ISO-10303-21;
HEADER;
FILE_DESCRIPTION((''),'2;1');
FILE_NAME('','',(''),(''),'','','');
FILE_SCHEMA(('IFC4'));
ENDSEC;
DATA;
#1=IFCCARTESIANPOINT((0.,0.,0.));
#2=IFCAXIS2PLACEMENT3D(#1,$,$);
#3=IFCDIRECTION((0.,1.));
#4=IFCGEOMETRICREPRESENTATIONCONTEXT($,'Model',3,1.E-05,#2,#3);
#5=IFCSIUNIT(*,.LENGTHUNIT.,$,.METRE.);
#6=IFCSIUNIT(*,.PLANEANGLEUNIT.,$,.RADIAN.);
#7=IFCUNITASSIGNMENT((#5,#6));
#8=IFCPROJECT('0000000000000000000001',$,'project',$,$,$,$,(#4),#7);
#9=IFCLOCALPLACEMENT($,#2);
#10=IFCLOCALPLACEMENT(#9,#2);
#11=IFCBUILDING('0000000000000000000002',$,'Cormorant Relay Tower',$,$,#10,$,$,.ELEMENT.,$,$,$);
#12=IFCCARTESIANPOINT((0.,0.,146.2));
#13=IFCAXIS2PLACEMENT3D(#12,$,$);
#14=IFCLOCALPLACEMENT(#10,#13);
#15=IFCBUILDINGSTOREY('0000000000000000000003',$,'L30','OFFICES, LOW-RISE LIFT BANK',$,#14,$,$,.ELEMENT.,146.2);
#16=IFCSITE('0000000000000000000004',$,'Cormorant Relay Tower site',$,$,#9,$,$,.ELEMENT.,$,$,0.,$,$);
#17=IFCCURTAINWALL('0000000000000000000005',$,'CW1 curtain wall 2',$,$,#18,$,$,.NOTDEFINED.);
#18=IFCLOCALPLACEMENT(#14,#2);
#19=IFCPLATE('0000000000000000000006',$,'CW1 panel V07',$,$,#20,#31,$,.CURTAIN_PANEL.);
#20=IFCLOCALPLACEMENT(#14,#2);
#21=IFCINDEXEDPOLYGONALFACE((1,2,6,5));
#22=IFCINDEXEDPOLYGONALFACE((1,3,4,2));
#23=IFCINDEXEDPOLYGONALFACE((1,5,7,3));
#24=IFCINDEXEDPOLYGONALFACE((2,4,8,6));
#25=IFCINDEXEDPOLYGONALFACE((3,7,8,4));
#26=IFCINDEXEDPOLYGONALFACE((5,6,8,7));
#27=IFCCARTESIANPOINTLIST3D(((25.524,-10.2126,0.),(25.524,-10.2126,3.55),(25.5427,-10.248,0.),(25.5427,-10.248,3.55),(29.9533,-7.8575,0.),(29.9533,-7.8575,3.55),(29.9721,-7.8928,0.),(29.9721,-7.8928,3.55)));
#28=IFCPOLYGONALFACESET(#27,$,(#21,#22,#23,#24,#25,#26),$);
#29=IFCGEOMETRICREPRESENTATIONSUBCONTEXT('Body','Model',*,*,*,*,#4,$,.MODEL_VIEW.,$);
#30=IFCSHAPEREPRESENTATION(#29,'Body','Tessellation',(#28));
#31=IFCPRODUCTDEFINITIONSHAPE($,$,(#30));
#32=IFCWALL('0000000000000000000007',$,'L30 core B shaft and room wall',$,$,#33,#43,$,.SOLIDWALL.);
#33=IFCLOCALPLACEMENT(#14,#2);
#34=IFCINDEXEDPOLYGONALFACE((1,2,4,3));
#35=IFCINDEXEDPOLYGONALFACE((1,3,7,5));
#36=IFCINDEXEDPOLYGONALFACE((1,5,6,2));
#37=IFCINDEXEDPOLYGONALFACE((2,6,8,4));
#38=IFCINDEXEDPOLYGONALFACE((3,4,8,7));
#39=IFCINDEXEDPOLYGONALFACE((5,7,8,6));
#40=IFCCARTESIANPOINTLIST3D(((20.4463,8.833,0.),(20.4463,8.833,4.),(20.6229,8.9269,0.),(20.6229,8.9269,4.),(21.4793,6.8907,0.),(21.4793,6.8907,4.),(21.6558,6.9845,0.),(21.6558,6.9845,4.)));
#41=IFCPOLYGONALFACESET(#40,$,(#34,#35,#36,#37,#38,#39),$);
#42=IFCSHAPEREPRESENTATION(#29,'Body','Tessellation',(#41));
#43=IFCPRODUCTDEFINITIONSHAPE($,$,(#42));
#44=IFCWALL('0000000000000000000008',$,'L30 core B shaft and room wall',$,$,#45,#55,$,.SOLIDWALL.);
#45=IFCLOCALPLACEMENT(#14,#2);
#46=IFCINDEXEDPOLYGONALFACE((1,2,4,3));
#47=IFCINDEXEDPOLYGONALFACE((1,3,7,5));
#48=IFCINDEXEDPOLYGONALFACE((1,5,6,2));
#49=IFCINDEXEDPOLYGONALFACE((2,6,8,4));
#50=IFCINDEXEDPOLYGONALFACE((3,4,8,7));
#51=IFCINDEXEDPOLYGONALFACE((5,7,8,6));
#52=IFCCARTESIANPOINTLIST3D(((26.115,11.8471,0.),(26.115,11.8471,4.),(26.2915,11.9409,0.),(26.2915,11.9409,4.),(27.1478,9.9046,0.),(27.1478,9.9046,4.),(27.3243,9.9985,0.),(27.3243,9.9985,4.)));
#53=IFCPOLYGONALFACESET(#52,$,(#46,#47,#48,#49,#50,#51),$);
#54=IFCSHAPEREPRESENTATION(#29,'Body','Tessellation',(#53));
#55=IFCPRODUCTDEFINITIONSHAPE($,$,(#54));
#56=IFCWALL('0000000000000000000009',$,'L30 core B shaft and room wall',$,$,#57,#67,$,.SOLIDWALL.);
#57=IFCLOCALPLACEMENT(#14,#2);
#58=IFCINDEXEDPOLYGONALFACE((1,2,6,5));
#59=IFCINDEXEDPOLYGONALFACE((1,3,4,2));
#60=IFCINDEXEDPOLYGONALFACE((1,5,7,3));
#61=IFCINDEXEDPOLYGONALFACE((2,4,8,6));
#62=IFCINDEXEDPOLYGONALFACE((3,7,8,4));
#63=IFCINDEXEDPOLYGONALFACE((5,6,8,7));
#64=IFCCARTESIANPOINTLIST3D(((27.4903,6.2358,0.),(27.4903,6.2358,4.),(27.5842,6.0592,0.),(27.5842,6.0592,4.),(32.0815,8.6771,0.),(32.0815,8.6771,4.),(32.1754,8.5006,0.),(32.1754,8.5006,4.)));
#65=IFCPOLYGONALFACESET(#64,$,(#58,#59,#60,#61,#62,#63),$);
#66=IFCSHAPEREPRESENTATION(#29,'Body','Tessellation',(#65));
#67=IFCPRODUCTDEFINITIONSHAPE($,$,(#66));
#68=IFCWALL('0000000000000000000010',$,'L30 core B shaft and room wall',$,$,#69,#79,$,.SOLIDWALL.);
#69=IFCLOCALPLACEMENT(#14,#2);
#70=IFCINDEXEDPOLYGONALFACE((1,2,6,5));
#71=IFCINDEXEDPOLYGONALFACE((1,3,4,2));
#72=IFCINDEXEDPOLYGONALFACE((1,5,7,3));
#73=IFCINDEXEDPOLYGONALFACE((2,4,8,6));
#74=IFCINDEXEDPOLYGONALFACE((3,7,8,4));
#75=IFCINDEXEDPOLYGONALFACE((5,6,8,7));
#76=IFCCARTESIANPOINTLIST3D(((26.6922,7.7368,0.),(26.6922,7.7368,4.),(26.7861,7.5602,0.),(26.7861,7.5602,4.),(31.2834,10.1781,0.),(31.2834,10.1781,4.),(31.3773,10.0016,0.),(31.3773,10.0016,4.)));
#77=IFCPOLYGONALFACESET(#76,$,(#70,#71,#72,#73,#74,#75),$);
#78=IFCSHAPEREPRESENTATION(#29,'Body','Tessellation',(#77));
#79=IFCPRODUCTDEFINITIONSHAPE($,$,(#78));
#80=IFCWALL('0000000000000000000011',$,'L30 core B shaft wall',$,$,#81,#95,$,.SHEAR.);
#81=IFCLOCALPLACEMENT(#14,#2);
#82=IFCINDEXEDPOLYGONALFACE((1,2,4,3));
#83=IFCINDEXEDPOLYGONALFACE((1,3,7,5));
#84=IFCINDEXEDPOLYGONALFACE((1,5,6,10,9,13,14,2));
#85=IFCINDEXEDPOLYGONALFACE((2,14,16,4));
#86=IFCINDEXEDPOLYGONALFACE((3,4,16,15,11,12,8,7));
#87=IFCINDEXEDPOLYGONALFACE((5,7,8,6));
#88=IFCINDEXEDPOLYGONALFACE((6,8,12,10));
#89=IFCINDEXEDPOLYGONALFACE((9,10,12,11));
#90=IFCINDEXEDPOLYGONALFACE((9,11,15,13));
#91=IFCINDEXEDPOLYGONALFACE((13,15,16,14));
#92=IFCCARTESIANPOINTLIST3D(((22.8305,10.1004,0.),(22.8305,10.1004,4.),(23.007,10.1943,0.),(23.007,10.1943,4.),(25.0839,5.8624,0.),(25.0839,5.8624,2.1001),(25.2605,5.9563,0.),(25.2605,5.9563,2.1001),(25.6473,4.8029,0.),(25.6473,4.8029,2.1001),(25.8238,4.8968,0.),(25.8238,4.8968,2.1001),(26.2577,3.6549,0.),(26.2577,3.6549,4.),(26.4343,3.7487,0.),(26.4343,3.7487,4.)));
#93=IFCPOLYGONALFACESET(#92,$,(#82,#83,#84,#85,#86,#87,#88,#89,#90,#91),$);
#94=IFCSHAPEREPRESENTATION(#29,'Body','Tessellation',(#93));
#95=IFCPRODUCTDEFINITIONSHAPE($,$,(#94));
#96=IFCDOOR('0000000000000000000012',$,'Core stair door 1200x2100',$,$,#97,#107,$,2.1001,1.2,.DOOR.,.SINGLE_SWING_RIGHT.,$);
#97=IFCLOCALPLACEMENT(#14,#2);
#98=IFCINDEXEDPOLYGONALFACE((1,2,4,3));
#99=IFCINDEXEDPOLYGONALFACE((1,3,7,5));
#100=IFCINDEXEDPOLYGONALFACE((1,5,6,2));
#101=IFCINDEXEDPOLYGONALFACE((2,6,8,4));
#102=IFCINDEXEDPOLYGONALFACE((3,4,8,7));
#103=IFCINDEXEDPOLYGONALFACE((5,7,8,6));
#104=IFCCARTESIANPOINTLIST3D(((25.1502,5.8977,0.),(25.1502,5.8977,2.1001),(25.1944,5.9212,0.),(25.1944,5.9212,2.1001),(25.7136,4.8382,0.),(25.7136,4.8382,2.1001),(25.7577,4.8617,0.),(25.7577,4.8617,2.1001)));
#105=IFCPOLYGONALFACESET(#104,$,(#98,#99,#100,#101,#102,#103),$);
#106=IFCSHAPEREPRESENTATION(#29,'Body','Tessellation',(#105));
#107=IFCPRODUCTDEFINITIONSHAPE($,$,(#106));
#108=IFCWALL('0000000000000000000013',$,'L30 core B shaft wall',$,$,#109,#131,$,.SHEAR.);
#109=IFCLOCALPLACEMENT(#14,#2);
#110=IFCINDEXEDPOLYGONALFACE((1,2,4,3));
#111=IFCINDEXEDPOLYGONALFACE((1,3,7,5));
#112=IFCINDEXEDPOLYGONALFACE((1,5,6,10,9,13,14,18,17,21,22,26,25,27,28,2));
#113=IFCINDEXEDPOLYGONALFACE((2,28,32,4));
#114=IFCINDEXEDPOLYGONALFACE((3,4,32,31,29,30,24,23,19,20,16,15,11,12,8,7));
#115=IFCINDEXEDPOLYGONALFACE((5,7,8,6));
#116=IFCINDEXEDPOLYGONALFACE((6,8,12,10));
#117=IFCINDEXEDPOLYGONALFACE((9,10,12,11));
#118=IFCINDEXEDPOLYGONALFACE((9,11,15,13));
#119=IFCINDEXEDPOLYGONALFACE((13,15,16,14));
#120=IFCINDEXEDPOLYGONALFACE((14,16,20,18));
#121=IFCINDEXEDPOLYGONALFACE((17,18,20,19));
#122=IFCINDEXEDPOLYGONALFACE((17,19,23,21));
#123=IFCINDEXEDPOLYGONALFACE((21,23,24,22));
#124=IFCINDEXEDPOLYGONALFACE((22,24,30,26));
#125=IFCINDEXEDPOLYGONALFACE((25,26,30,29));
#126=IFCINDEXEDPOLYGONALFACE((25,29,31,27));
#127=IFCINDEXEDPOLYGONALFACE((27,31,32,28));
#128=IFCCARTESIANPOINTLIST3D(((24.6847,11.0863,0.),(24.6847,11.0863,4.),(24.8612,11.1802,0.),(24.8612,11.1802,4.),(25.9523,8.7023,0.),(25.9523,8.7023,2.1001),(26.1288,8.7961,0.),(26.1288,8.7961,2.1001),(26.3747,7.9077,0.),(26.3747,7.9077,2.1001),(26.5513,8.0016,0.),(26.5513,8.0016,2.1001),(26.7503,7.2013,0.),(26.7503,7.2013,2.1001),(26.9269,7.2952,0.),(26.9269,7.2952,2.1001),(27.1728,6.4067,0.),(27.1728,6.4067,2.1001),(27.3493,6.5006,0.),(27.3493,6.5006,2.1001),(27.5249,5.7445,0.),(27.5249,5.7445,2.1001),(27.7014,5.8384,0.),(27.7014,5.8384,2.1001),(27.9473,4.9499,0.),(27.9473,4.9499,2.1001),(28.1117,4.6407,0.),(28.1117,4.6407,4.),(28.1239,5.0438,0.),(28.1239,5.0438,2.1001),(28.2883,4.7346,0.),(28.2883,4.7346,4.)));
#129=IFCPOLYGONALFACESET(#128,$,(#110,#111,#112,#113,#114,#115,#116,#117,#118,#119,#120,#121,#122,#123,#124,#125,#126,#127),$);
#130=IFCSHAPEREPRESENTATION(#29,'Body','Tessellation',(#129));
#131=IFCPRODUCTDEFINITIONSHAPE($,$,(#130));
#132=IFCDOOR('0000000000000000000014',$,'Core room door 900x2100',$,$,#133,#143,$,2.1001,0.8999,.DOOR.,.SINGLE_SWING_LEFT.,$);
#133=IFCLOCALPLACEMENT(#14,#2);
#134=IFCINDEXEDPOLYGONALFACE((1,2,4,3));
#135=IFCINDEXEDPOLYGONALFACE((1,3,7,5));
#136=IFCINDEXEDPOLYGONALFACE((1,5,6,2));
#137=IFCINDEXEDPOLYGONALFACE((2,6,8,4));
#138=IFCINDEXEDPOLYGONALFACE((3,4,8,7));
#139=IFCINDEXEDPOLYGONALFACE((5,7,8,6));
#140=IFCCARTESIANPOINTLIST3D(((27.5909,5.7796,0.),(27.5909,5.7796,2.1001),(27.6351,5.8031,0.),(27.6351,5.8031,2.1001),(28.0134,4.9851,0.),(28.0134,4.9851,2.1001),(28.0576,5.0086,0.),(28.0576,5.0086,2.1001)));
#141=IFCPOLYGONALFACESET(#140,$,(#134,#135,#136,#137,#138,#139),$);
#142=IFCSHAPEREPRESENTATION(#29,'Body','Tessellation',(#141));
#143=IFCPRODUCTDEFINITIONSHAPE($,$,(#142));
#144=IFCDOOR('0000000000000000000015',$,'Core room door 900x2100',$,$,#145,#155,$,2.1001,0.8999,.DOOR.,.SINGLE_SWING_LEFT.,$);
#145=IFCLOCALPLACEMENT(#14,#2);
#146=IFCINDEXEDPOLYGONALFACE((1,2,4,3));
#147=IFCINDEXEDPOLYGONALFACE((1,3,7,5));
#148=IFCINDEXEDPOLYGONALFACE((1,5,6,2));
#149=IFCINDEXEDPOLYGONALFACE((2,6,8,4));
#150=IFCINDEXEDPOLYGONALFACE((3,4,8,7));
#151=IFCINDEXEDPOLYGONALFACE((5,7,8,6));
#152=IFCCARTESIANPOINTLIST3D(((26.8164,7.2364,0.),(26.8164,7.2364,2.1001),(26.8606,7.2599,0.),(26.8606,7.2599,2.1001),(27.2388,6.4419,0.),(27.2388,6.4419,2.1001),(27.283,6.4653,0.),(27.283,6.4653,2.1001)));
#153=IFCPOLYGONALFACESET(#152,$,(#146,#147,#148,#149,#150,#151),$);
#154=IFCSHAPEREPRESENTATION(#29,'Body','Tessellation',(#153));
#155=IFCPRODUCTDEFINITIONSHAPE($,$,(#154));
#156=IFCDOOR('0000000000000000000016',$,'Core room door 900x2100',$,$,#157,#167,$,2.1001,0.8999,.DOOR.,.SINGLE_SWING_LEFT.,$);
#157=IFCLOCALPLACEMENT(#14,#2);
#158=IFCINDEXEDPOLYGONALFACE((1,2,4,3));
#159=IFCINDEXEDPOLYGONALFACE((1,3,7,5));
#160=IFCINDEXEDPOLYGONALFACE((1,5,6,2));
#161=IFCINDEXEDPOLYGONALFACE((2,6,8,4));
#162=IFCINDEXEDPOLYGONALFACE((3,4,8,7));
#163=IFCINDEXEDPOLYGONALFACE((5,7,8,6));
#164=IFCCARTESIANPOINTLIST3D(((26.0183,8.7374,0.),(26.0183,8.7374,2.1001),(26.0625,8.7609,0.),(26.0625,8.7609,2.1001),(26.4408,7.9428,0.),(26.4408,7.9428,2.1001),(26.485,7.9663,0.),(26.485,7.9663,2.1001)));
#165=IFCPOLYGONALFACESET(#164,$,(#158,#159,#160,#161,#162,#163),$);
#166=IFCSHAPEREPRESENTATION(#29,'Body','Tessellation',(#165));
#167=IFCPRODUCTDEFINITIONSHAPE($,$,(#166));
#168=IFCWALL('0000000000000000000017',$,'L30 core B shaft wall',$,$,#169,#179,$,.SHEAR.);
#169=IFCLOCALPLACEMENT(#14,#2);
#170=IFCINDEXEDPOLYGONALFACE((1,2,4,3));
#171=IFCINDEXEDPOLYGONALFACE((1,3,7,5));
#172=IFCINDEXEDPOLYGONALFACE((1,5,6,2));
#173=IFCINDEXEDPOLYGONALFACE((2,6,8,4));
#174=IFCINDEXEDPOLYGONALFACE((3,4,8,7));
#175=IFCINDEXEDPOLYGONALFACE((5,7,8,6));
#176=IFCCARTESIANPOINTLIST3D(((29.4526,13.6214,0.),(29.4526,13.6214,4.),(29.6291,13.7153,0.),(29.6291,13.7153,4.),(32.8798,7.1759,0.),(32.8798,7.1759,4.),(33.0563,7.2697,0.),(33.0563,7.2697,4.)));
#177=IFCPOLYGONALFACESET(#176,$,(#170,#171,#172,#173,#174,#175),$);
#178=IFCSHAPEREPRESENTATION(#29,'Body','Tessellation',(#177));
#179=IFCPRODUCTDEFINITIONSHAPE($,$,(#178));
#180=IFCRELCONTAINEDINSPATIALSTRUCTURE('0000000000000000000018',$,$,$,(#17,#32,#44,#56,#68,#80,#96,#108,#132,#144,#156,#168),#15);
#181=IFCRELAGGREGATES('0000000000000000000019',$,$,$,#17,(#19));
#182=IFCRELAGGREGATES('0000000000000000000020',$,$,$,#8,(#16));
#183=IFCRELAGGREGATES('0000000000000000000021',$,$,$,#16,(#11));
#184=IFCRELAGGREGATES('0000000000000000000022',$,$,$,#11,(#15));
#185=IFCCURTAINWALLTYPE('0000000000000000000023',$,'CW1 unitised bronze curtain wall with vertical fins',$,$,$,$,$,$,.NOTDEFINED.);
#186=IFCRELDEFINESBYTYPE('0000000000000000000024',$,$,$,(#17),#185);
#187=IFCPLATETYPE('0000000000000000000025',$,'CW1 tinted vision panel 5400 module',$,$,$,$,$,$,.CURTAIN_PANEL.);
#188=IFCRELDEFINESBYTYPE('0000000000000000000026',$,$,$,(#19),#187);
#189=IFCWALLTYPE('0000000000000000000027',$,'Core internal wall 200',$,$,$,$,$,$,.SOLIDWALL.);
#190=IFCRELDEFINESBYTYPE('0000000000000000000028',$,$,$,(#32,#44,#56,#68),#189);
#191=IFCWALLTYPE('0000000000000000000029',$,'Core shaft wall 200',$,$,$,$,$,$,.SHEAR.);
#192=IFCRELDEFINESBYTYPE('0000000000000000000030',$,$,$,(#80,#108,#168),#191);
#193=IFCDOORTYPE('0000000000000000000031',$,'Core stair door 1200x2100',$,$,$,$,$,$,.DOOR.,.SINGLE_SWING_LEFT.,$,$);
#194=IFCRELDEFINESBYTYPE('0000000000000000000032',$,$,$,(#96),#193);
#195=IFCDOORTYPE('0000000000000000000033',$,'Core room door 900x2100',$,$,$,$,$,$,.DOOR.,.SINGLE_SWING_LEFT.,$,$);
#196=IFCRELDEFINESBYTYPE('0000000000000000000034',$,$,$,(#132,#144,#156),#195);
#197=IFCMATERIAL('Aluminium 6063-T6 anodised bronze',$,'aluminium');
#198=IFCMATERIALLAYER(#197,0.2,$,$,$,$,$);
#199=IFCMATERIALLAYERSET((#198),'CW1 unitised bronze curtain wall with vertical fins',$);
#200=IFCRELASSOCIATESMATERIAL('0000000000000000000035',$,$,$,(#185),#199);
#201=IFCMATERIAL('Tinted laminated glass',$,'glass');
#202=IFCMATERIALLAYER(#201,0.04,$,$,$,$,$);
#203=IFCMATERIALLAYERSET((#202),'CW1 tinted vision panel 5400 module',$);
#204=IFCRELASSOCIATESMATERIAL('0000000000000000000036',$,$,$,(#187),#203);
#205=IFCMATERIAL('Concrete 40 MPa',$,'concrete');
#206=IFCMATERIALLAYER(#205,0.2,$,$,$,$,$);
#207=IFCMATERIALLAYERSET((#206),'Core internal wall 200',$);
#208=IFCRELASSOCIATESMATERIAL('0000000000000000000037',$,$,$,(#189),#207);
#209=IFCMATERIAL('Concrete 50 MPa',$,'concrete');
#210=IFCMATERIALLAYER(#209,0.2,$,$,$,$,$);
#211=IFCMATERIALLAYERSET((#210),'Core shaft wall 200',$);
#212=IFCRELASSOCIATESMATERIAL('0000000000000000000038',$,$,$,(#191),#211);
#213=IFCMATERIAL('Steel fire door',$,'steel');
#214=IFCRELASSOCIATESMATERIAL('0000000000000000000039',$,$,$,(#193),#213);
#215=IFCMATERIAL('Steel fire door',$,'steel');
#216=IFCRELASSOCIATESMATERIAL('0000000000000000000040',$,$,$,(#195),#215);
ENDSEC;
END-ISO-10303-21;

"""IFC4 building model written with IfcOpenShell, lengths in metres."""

from ifc_helpers import new_model, si_unit, direction, frame, frame_2d, origin, origin_2d, place, context, subcontext, project, spatial, rectangle, extrude, material, layer, layer_set, type_object, element, fill, aggregate, save


model = new_model("IFC4")

# Units and contexts
model_context = context("Model", 3, precision=1e-05, world=origin(), true_north=direction((0.0, 1.0)))
body_context = subcontext(model_context, "Body", "Model", "MODEL_VIEW")
ifc_project = project(units=[si_unit("LENGTHUNIT", "METRE"), si_unit("PLANEANGLEUNIT", "RADIAN")], contexts=[model_context])

# Site, building, storey
site_placement = place(None, origin())
site = spatial("IfcSite", under=ifc_project, at=site_placement, Name="Cormorant Relay Tower site", CompositionType="ELEMENT", RefElevation=0.0)
building_placement = place(site_placement, origin())
building = spatial("IfcBuilding", under=site, at=building_placement, Name="Cormorant Relay Tower", CompositionType="ELEMENT")
storey_placement = place(building_placement, frame((0.0, 0.0, 146.2)))
storey = spatial("IfcBuildingStorey", under=building, at=storey_placement, Name="L30", Description="OFFICES, LOW-RISE LIFT BANK", CompositionType="ELEMENT", Elevation=146.2)

# Curtain wall
ifc_material_1 = material(Name="Aluminium 6063-T6 anodised bronze", Category="aluminium")
ifc_layer_1 = layer(ifc_material_1, 0.2)
ifc_layer_set_1 = layer_set([ifc_layer_1], Name="CW1 unitised bronze curtain wall with vertical fins")
curtain_wall_type = type_object("IfcCurtainWallType", Name="CW1 unitised bronze curtain wall with vertical fins", PredefinedType="NOTDEFINED", material=ifc_layer_set_1)
curtain_wall_placement = place(storey_placement, origin())
curtain_wall = element("IfcCurtainWall", 1, at=curtain_wall_placement, inside=storey, type_object=curtain_wall_type, Name="CW1 curtain wall 2", PredefinedType="NOTDEFINED")

# Plate
ifc_material_2 = material(Name="Tinted laminated glass", Category="glass")
ifc_layer_2 = layer(ifc_material_2, 0.04)
ifc_layer_set_2 = layer_set([ifc_layer_2], Name="CW1 tinted vision panel 5400 module")
plate_type_1 = type_object("IfcPlateType", Name="CW1 tinted vision panel 5400 module", PredefinedType="CURTAIN_PANEL", material=ifc_layer_set_2)
plate_1_placement = place(storey_placement, frame((27.748, -9.0527, 0.0), z_axis=(0.0, 0.0, 1.0), x_axis=(0.882948, 0.469472, 0.0)))
plate_1 = element("IfcPlate", 2, at=plate_1_placement, type_object=plate_type_1, Name="CW1 panel V07", PredefinedType="CURTAIN_PANEL", context=body_context, shape_type="SweptSolid", body=[
    extrude(rectangle(XDim=5.0166, YDim=0.04, at=origin_2d()), origin(), (0.0, 0.0, 1.0), 3.55),
])

# Walls
ifc_material_3 = material(Name="Concrete 40 MPa", Category="concrete")
ifc_layer_3 = layer(ifc_material_3, 0.2)
ifc_layer_set_3 = layer_set([ifc_layer_3], Name="Core internal wall 200")
wall_type_1 = type_object("IfcWallType", Name="Core internal wall 200", PredefinedType="SOLIDWALL", material=ifc_layer_set_3)
for number, where, z_axis, x_axis, name in (
    (3, (21.5676, 6.9375, 0.0), (0.0, 0.0, 1.0), (-0.469534, 0.882914, 0.0), "L30 core B shaft and room wall"),
    (4, (27.2361, 9.9514, 0.0), (0.0, 0.0, 1.0), (-0.469447, 0.88296, 0.0), "L30 core B shaft and room wall"),
):
    element("IfcWall", number, at=place(storey_placement, frame(where, z_axis=z_axis, x_axis=x_axis)), inside=storey, type_object=wall_type_1, Name=name, PredefinedType="SOLIDWALL", context=body_context, shape_type="SweptSolid", body=[
        extrude(rectangle(XDim=2.2, YDim=0.2, at=frame_2d((1.1001, 0.0))), origin(), (0.0, 0.0, 1.0), 4.0),
    ])
for number, where, z_axis, x_axis, name in (
    (5, (27.5371, 6.1475, 0.0), (0.0, 0.0, 1.0), (0.882935, 0.469496, 0.0), "L30 core B shaft and room wall"),
    (6, (26.739, 7.6484, 0.0), (0.0, 0.0, 1.0), (0.882935, 0.469496, 0.0), "L30 core B shaft and room wall"),
):
    element("IfcWall", number, at=place(storey_placement, frame(where, z_axis=z_axis, x_axis=x_axis)), inside=storey, type_object=wall_type_1, Name=name, PredefinedType="SOLIDWALL", context=body_context, shape_type="SweptSolid", body=[
        extrude(rectangle(XDim=5.2, YDim=0.2, at=frame_2d((2.6001, 0.0))), origin(), (0.0, 0.0, 1.0), 4.0),
    ])

# Wall, opening, door
ifc_material_4 = material(Name="Concrete 50 MPa", Category="concrete")
ifc_layer_4 = layer(ifc_material_4, 0.2)
ifc_layer_set_4 = layer_set([ifc_layer_4], Name="Core shaft wall 200")
wall_type_2 = type_object("IfcWallType", Name="Core shaft wall 200", PredefinedType="SHEAR", material=ifc_layer_set_4)
wall_1_placement = place(storey_placement, frame((26.3459, 3.7019, 0.0), z_axis=(0.0, 0.0, 1.0), x_axis=(-0.46948, 0.882943, 0.0)))
wall_1 = element("IfcWall", 7, at=wall_1_placement, inside=storey, type_object=wall_type_2, Name="L30 core B shaft wall", PredefinedType="SHEAR", context=body_context, shape_type="SweptSolid", body=[
    extrude(rectangle(XDim=7.3, YDim=0.2, at=frame_2d((3.6499, 0.0))), origin(), (0.0, 0.0, 1.0), 4.0),
])
opening_1_placement = place(wall_1_placement, frame((1.3, 0.0, 0.0)))
opening_1 = element("IfcOpeningElement", 8, at=opening_1_placement, cuts=wall_1, PredefinedType="OPENING", context=body_context, shape_type="SweptSolid", body=[
    extrude(rectangle(XDim=1.2, YDim=2.1001, at=frame_2d((0.6001, 1.05))), frame((0.0, 0.1099, 0.0), z_axis=(0.0, -1.0, 0.0), x_axis=(1.0, 0.0, 0.0)), (0.0, 0.0, 1.0), 0.22),
])
ifc_material_5 = material(Name="Steel fire door", Category="steel")
door_type_1 = type_object("IfcDoorType", Name="Core stair door 1200x2100", OperationType="SINGLE_SWING_LEFT", PredefinedType="DOOR", material=ifc_material_5)
door_1_placement = place(opening_1_placement, origin())
door_1 = element("IfcDoor", 9, at=door_1_placement, inside=storey, type_object=door_type_1, Name="Core stair door 1200x2100", OperationType="SINGLE_SWING_RIGHT", OverallHeight=2.1001, OverallWidth=1.2, PredefinedType="DOOR", context=body_context, shape_type="SweptSolid", body=[
    extrude(rectangle(XDim=1.2, YDim=2.1001, at=frame_2d((0.6001, 1.05))), frame((0.0, 0.0249, 0.0), z_axis=(0.0, -1.0, 0.0), x_axis=(1.0, 0.0, 0.0)), (0.0, 0.0, 1.0), 0.05),
])
fill(opening_1, door_1)

# Wall, openings, doors
wall_2_placement = place(storey_placement, frame((28.2, 4.6877, 0.0), z_axis=(0.0, 0.0, 1.0), x_axis=(-0.469454, 0.882957, 0.0)))
wall_2 = element("IfcWall", 10, at=wall_2_placement, inside=storey, type_object=wall_type_2, Name="L30 core B shaft wall", PredefinedType="SHEAR", context=body_context, shape_type="SweptSolid", body=[
    extrude(rectangle(XDim=7.3, YDim=0.2, at=frame_2d((3.6499, 0.0))), origin(), (0.0, 0.0, 1.0), 4.0),
])
opening_2_placement = place(wall_2_placement, frame((0.3501, 0.0, 0.0)))
opening_2 = element("IfcOpeningElement", 11, at=opening_2_placement, cuts=wall_2, PredefinedType="OPENING", context=body_context, shape_type="SweptSolid", body=[
    extrude(rectangle(XDim=0.8999, YDim=2.1001, at=frame_2d((0.45, 1.05))), frame((0.0, 0.1099, 0.0), z_axis=(0.0, -1.0, 0.0), x_axis=(1.0, 0.0, 0.0)), (0.0, 0.0, 1.0), 0.22),
])
opening_3_placement = place(wall_2_placement, frame((2.0, 0.0, 0.0)))
opening_3 = element("IfcOpeningElement", 12, at=opening_3_placement, cuts=wall_2, PredefinedType="OPENING", context=body_context, shape_type="SweptSolid", body=[
    extrude(rectangle(XDim=0.8999, YDim=2.1001, at=frame_2d((0.45, 1.05))), frame((0.0, 0.1099, 0.0), z_axis=(0.0, -1.0, 0.0), x_axis=(1.0, 0.0, 0.0)), (0.0, 0.0, 1.0), 0.22),
])
opening_4_placement = place(wall_2_placement, frame((3.7, 0.0, 0.0)))
opening_4 = element("IfcOpeningElement", 13, at=opening_4_placement, cuts=wall_2, PredefinedType="OPENING", context=body_context, shape_type="SweptSolid", body=[
    extrude(rectangle(XDim=0.8999, YDim=2.1001, at=frame_2d((0.45, 1.05))), frame((0.0, 0.1099, 0.0), z_axis=(0.0, -1.0, 0.0), x_axis=(1.0, 0.0, 0.0)), (0.0, 0.0, 1.0), 0.22),
])
ifc_material_6 = material(Name="Steel fire door", Category="steel")
door_type_2 = type_object("IfcDoorType", Name="Core room door 900x2100", OperationType="SINGLE_SWING_LEFT", PredefinedType="DOOR", material=ifc_material_6)
door_2_placement = place(opening_2_placement, frame((0.8999, 0.0, 0.0), z_axis=(0.0, 0.0, 1.0), x_axis=(-1.0, 0.0, 0.0)))
door_2 = element("IfcDoor", 14, at=door_2_placement, inside=storey, type_object=door_type_2, Name="Core room door 900x2100", OperationType="SINGLE_SWING_LEFT", OverallHeight=2.1001, OverallWidth=0.8999, PredefinedType="DOOR", context=body_context, shape_type="SweptSolid", body=[
    extrude(rectangle(XDim=0.8999, YDim=2.1001, at=frame_2d((0.45, 1.05))), frame((0.0, 0.0249, 0.0), z_axis=(0.0, -1.0, 0.0), x_axis=(1.0, 0.0, 0.0)), (0.0, 0.0, 1.0), 0.05),
])
fill(opening_2, door_2)
door_3_placement = place(opening_3_placement, frame((0.8999, 0.0, 0.0), z_axis=(0.0, 0.0, 1.0), x_axis=(-1.0, 0.0, 0.0)))
door_3 = element("IfcDoor", 15, at=door_3_placement, inside=storey, type_object=door_type_2, Name="Core room door 900x2100", OperationType="SINGLE_SWING_LEFT", OverallHeight=2.1001, OverallWidth=0.8999, PredefinedType="DOOR", context=body_context, shape_type="SweptSolid", body=[
    extrude(rectangle(XDim=0.8999, YDim=2.1001, at=frame_2d((0.45, 1.05))), frame((0.0, 0.0249, 0.0), z_axis=(0.0, -1.0, 0.0), x_axis=(1.0, 0.0, 0.0)), (0.0, 0.0, 1.0), 0.05),
])
fill(opening_3, door_3)
door_4_placement = place(opening_4_placement, frame((0.8999, 0.0, 0.0), z_axis=(0.0, 0.0, 1.0), x_axis=(-1.0, 0.0, 0.0)))
door_4 = element("IfcDoor", 16, at=door_4_placement, inside=storey, type_object=door_type_2, Name="Core room door 900x2100", OperationType="SINGLE_SWING_LEFT", OverallHeight=2.1001, OverallWidth=0.8999, PredefinedType="DOOR", context=body_context, shape_type="SweptSolid", body=[
    extrude(rectangle(XDim=0.8999, YDim=2.1001, at=frame_2d((0.45, 1.05))), frame((0.0, 0.0249, 0.0), z_axis=(0.0, -1.0, 0.0), x_axis=(1.0, 0.0, 0.0)), (0.0, 0.0, 1.0), 0.05),
])
fill(opening_4, door_4)

# Wall
wall_3_placement = place(storey_placement, frame((32.968, 7.2229, 0.0), z_axis=(0.0, 0.0, 1.0), x_axis=(-0.46948, 0.882943, 0.0)))
element("IfcWall", 17, at=wall_3_placement, inside=storey, type_object=wall_type_2, Name="L30 core B shaft wall", PredefinedType="SHEAR", context=body_context, shape_type="SweptSolid", body=[
    extrude(rectangle(XDim=7.3, YDim=0.2, at=frame_2d((3.6499, 0.0))), origin(), (0.0, 0.0, 1.0), 4.0),
])

aggregate(curtain_wall, [plate_1])

save(model, "model.ifc")
